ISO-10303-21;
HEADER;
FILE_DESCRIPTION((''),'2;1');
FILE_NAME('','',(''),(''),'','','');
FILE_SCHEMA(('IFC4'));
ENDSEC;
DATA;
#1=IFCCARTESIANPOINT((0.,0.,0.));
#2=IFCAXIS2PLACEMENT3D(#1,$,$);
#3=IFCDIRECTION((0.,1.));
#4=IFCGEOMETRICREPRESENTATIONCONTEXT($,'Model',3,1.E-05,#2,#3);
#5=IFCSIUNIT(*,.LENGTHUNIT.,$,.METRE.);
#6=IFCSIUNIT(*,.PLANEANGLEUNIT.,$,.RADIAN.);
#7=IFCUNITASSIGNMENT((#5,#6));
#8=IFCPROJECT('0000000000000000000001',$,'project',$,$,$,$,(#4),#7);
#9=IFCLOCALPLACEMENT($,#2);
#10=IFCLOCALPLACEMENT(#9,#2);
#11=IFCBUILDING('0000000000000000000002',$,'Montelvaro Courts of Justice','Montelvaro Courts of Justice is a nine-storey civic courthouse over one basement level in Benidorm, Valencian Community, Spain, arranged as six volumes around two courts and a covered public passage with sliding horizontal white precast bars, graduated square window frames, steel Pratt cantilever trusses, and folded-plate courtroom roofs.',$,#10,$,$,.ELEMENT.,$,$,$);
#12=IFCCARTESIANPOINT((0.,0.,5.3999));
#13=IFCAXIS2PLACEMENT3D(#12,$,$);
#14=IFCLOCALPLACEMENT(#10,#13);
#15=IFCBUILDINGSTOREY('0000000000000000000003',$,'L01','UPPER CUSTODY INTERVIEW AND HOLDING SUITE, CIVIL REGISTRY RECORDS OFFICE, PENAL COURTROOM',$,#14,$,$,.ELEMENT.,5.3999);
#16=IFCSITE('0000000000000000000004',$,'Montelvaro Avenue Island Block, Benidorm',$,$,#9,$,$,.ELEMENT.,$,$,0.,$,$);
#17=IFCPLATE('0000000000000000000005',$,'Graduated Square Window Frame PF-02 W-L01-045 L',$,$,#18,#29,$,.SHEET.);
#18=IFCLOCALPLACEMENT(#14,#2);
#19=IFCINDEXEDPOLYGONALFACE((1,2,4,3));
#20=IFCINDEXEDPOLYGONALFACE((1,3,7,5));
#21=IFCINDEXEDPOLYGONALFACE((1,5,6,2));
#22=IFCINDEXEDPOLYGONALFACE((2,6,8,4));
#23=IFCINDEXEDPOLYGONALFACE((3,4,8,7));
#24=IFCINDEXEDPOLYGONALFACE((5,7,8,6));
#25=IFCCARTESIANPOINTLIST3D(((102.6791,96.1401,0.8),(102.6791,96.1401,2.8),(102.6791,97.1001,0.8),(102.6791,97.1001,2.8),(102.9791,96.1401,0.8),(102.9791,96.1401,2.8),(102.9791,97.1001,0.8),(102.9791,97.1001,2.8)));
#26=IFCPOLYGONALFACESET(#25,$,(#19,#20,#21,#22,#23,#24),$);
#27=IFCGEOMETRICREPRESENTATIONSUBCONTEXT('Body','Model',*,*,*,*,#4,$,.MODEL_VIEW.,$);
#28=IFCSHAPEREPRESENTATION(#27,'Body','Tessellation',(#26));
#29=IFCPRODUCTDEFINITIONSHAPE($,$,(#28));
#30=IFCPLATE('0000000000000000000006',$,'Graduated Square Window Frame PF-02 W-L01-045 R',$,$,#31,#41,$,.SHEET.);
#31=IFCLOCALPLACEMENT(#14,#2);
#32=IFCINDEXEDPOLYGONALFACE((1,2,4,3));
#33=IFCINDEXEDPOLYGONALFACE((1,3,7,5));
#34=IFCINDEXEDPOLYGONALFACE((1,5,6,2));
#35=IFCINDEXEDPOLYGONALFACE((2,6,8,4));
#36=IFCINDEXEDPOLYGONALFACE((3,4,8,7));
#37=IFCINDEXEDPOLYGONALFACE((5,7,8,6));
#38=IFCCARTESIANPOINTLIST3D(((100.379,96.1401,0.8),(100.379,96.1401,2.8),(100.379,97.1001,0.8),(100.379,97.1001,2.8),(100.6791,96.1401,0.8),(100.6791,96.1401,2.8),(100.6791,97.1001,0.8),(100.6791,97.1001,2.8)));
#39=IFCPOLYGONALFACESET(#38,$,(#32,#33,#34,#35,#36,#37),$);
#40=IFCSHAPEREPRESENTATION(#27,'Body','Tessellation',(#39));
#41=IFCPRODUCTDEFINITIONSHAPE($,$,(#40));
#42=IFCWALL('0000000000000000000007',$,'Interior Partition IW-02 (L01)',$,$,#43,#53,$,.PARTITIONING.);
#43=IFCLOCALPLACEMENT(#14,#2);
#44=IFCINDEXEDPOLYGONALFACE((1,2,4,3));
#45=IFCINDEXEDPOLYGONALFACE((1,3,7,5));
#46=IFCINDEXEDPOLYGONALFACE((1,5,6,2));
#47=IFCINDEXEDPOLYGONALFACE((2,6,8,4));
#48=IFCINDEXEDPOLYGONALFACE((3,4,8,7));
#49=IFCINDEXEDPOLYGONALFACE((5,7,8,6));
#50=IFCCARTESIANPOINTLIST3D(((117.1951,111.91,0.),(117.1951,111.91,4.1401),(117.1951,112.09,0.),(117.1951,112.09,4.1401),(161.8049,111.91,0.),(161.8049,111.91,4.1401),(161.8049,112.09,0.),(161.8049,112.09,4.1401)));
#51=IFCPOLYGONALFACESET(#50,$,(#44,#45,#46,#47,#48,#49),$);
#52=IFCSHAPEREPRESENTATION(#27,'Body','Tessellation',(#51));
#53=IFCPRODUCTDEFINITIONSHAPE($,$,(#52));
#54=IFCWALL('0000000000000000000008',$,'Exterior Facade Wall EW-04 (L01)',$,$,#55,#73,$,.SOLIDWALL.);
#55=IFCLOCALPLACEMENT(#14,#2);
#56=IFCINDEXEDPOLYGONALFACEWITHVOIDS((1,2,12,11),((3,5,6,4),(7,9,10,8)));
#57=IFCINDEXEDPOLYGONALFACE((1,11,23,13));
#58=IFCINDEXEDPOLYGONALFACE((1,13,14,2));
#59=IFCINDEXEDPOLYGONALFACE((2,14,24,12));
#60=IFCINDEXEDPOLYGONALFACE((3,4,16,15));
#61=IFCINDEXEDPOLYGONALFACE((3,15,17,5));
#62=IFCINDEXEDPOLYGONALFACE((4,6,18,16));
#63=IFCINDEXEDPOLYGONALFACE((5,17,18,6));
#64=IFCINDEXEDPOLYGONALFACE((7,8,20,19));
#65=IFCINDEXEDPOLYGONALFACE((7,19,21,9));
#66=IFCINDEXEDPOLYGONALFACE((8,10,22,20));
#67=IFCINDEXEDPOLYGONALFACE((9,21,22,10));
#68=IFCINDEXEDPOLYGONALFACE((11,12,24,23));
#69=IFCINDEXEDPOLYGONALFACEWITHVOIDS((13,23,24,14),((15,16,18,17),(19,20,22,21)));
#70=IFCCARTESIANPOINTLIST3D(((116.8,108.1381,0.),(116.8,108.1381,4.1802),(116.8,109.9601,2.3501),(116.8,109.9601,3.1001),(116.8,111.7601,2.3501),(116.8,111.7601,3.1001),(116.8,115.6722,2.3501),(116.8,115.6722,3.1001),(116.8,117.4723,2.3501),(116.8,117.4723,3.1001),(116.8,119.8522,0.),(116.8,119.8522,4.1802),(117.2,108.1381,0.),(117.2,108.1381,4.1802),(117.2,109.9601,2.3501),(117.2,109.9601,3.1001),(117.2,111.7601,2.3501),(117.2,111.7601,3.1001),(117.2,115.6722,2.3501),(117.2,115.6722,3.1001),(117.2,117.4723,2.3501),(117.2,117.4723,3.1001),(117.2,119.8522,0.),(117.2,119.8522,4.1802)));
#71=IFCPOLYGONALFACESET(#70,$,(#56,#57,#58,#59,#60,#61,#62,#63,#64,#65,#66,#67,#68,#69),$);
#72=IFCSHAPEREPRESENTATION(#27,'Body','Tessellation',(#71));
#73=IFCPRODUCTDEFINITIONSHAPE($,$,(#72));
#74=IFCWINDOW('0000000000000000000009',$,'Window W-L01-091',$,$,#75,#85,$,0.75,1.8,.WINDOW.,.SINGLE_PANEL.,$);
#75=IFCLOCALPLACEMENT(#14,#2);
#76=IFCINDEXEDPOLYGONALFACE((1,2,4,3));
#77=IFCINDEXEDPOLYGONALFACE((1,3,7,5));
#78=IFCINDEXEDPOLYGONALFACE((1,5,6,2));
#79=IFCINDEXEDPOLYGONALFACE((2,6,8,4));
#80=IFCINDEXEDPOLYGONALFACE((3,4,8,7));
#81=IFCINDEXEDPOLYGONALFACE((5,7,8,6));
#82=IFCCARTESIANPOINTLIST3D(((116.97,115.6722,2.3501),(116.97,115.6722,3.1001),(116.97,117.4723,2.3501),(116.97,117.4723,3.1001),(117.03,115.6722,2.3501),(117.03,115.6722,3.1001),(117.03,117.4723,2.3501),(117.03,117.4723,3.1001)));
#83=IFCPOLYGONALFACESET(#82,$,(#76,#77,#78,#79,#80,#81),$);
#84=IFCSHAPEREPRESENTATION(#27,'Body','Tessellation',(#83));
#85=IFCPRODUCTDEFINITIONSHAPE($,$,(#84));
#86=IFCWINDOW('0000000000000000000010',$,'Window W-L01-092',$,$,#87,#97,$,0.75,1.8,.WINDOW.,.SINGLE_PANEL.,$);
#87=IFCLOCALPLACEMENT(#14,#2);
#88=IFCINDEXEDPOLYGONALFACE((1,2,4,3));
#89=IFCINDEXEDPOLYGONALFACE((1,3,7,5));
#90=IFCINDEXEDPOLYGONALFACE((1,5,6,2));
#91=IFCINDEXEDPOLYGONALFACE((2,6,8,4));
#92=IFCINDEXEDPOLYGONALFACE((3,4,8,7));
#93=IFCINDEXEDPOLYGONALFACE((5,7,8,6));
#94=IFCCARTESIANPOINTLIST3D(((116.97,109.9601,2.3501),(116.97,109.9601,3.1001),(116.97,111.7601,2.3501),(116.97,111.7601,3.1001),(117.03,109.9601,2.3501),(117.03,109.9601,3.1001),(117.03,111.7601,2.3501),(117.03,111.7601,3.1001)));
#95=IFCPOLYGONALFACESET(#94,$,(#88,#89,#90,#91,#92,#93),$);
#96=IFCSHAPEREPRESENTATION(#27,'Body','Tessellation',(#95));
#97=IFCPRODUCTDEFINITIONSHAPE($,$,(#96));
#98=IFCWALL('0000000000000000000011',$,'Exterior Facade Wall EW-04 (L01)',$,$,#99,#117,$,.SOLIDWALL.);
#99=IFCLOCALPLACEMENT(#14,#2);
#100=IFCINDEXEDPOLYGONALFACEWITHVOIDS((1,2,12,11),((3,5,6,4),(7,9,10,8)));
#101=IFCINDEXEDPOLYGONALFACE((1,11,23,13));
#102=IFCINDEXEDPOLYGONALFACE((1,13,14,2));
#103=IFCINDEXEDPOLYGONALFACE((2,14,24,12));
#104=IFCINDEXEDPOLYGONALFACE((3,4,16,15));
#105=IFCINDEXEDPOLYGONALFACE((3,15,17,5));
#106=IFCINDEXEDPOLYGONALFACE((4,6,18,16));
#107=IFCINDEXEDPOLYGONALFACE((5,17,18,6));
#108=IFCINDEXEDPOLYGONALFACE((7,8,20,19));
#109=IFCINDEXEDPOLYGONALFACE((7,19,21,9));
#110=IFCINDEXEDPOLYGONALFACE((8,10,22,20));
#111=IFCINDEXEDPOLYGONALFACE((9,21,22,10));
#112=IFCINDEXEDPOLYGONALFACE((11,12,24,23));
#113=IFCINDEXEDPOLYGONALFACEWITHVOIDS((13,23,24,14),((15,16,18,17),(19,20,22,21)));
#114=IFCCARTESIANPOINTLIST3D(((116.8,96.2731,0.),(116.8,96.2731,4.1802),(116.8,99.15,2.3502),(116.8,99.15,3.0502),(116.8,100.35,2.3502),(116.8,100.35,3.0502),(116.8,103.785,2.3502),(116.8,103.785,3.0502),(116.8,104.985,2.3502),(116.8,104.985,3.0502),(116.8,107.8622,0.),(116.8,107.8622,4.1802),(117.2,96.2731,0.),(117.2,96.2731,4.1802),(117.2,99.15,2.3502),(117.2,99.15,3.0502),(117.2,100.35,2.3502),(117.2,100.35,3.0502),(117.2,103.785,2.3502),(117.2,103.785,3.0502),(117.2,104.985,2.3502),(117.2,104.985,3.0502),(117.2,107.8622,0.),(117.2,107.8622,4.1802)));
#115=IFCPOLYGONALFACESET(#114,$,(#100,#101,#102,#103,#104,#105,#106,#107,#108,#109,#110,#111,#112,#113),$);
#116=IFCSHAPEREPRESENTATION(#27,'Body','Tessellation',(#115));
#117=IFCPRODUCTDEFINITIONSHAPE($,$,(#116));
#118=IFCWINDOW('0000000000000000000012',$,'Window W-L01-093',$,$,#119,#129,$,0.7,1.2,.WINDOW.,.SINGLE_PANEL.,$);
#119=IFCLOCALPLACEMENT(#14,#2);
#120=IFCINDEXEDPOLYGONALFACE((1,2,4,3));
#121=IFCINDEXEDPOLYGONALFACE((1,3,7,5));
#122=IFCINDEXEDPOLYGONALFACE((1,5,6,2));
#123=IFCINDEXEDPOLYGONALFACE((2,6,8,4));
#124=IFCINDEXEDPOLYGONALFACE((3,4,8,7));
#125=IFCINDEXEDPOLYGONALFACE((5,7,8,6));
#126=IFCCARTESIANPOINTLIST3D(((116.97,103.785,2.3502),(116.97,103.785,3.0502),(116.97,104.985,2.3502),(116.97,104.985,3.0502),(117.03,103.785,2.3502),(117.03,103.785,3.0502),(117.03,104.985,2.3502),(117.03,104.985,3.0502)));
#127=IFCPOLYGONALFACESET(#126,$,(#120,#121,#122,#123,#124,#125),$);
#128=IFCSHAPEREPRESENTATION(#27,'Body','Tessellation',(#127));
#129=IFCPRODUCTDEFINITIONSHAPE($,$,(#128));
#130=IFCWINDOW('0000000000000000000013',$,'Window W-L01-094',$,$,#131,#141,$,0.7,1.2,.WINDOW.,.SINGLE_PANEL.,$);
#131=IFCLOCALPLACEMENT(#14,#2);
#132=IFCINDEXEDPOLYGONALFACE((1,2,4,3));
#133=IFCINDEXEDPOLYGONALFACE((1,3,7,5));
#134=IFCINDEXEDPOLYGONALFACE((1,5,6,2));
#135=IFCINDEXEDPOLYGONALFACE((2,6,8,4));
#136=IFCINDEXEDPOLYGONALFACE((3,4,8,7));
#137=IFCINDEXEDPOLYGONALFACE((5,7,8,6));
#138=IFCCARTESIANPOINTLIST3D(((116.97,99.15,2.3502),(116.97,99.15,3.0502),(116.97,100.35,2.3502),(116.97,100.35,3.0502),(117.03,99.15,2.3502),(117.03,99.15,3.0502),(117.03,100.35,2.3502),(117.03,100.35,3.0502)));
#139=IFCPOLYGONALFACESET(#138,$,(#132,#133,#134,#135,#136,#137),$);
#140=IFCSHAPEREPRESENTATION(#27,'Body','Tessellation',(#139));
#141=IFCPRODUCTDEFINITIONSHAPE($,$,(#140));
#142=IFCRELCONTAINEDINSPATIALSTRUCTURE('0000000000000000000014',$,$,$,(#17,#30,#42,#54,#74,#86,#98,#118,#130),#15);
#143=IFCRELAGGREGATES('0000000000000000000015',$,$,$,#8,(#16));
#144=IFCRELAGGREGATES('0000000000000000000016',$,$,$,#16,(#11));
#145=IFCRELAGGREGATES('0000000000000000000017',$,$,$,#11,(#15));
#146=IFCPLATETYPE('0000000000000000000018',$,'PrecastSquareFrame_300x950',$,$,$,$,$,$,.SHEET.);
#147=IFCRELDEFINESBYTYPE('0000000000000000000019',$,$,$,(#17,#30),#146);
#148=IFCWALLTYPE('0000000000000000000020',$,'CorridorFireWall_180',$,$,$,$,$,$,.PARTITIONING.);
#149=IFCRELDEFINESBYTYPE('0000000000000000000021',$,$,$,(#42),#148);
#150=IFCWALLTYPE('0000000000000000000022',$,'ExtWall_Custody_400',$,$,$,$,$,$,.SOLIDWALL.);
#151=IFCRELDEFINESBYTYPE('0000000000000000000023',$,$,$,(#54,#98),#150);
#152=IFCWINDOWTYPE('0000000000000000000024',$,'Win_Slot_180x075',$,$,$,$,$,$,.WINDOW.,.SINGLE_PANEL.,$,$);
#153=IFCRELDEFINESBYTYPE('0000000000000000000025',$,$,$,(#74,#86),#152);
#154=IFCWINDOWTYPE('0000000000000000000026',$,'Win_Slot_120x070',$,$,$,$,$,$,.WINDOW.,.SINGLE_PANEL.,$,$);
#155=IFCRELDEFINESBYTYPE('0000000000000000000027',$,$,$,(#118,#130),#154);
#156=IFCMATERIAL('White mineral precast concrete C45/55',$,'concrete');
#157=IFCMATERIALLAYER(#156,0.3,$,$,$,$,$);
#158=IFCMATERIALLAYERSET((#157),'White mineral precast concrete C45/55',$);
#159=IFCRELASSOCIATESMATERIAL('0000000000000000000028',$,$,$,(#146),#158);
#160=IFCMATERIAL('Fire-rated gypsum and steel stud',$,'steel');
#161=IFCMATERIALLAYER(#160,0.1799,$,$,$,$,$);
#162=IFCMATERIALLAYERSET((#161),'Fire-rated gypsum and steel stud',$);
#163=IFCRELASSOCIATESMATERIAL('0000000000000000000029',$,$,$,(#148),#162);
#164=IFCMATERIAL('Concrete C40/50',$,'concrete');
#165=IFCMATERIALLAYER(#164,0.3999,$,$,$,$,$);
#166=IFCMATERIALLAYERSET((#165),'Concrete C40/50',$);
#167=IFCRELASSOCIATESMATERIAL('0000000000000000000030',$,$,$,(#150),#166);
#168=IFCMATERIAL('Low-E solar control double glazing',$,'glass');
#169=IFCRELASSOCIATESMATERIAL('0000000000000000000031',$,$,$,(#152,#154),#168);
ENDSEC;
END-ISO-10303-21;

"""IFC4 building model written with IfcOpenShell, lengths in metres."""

from ifc_helpers import new_model, si_unit, direction, frame, frame_2d, origin, origin_2d, place, context, subcontext, project, spatial, rectangle, extrude, material, layer, layer_set, type_object, element, fill, save


model = new_model("IFC4")

# Units and contexts
model_context = context("Model", 3, precision=1e-05, world=origin(), true_north=direction((0.0, 1.0)))
body_context = subcontext(model_context, "Body", "Model", "MODEL_VIEW")
ifc_project = project(units=[si_unit("LENGTHUNIT", "METRE"), si_unit("PLANEANGLEUNIT", "RADIAN")], contexts=[model_context])

# Site, building, storey
site_placement = place(None, origin())
site = spatial("IfcSite", under=ifc_project, at=site_placement, Name="Montelvaro Avenue Island Block, Benidorm", CompositionType="ELEMENT", RefElevation=0.0)
building_placement = place(site_placement, origin())
building = spatial("IfcBuilding", under=site, at=building_placement, Name="Montelvaro Courts of Justice", Description="Montelvaro Courts of Justice is a nine-storey civic courthouse over one basement level in Benidorm, Valencian Community, Spain, arranged as six volumes around two courts and a covered public passage with sliding horizontal white precast bars, graduated square window frames, steel Pratt cantilever trusses, and folded-plate courtroom roofs.", CompositionType="ELEMENT")
storey_placement = place(building_placement, frame((0.0, 0.0, 5.3999)))
storey = spatial("IfcBuildingStorey", under=building, at=storey_placement, Name="L01", Description="UPPER CUSTODY INTERVIEW AND HOLDING SUITE, CIVIL REGISTRY RECORDS OFFICE, PENAL COURTROOM", CompositionType="ELEMENT", Elevation=5.3999)

# Plates
ifc_material_1 = material(Name="White mineral precast concrete C45/55", Category="concrete")
ifc_layer_1 = layer(ifc_material_1, 0.3)
ifc_layer_set_1 = layer_set([ifc_layer_1], Name="White mineral precast concrete C45/55")
plate_type = type_object("IfcPlateType", Name="PrecastSquareFrame_300x950", PredefinedType="SHEET", material=ifc_layer_set_1)
for number, where, z_axis, x_axis, name in (
    (1, (102.8291, 96.6201, 0.8), (0.0, 0.0, 1.0), (-1.0, 0.0, 0.0), "Graduated Square Window Frame PF-02 W-L01-045 L"),
    (2, (100.5291, 96.6201, 0.8), (0.0, 0.0, 1.0), (-1.0, 0.0, 0.0), "Graduated Square Window Frame PF-02 W-L01-045 R"),
):
    element("IfcPlate", number, at=place(storey_placement, frame(where, z_axis=z_axis, x_axis=x_axis)), inside=storey, type_object=plate_type, Name=name, PredefinedType="SHEET", context=body_context, shape_type="SweptSolid", body=[
        extrude(rectangle(XDim=0.3, YDim=0.96, at=origin_2d()), origin(), (0.0, 0.0, 1.0), 2.0),
    ])

# Wall
ifc_material_2 = material(Name="Fire-rated gypsum and steel stud", Category="steel")
ifc_layer_2 = layer(ifc_material_2, 0.1799)
ifc_layer_set_2 = layer_set([ifc_layer_2], Name="Fire-rated gypsum and steel stud")
wall_type_1 = type_object("IfcWallType", Name="CorridorFireWall_180", PredefinedType="PARTITIONING", material=ifc_layer_set_2)
wall_1_placement = place(storey_placement, frame((117.1951, 112.0, 0.0), z_axis=(0.0, 0.0, 1.0), x_axis=(1.0, 0.0, 0.0)))
element("IfcWall", 3, at=wall_1_placement, inside=storey, type_object=wall_type_1, Name="Interior Partition IW-02 (L01)", PredefinedType="PARTITIONING", context=body_context, shape_type="SweptSolid", body=[
    extrude(rectangle(XDim=44.6099, YDim=0.1799, at=frame_2d((22.3049, 0.0))), origin(), (0.0, 0.0, 1.0), 4.1401),
])

# Walls, openings, windows
ifc_material_3 = material(Name="Concrete C40/50", Category="concrete")
ifc_layer_3 = layer(ifc_material_3, 0.3999)
ifc_layer_set_3 = layer_set([ifc_layer_3], Name="Concrete C40/50")
wall_type_2 = type_object("IfcWallType", Name="ExtWall_Custody_400", PredefinedType="SOLIDWALL", material=ifc_layer_set_3)
wall_2_placement = place(storey_placement, frame((117.0, 119.8521, 0.0), z_axis=(0.0, 0.0, 1.0), x_axis=(0.0, -1.0, 0.0)))
wall_2 = element("IfcWall", 4, at=wall_2_placement, inside=storey, type_object=wall_type_2, Name="Exterior Facade Wall EW-04 (L01)", PredefinedType="SOLIDWALL", context=body_context, shape_type="SweptSolid", body=[
    extrude(rectangle(XDim=11.7141, YDim=0.3999, at=frame_2d((5.8569, 0.0))), origin(), (0.0, 0.0, 1.0), 4.1802),
])
opening_1_placement = place(wall_2_placement, frame((2.3799, 0.0, 2.3501)))
opening_1 = element("IfcOpeningElement", 5, at=opening_1_placement, cuts=wall_2, PredefinedType="OPENING", context=body_context, shape_type="SweptSolid", body=[
    extrude(rectangle(XDim=1.8, YDim=0.75, at=frame_2d((0.8999, 0.375))), frame((0.0, 0.2148, 0.0), z_axis=(0.0, -1.0, 0.0), x_axis=(1.0, 0.0, 0.0)), (0.0, 0.0, 1.0), 0.4297),
])
opening_2_placement = place(wall_2_placement, frame((8.092, 0.0, 2.3501)))
opening_2 = element("IfcOpeningElement", 6, at=opening_2_placement, cuts=wall_2, PredefinedType="OPENING", context=body_context, shape_type="SweptSolid", body=[
    extrude(rectangle(XDim=1.8, YDim=0.75, at=frame_2d((0.8999, 0.375))), frame((0.0, 0.2148, 0.0), z_axis=(0.0, -1.0, 0.0), x_axis=(1.0, 0.0, 0.0)), (0.0, 0.0, 1.0), 0.4297),
])
ifc_material_4 = material(Name="Low-E solar control double glazing", Category="glass")
window_type_1 = type_object("IfcWindowType", Name="Win_Slot_180x075", PartitioningType="SINGLE_PANEL", PredefinedType="WINDOW", material=ifc_material_4)
window_1_placement = place(opening_1_placement, origin())
window_1 = element("IfcWindow", 7, at=window_1_placement, inside=storey, type_object=window_type_1, Name="Window W-L01-091", OverallHeight=0.75, OverallWidth=1.8, PartitioningType="SINGLE_PANEL", PredefinedType="WINDOW", context=body_context, shape_type="SweptSolid", body=[
    extrude(rectangle(XDim=1.8, YDim=0.75, at=frame_2d((0.8999, 0.375))), frame((0.0, 0.03, 0.0), z_axis=(0.0, -1.0, 0.0), x_axis=(1.0, 0.0, 0.0)), (0.0, 0.0, 1.0), 0.0601),
])
fill(opening_1, window_1)
window_2_placement = place(opening_2_placement, origin())
window_2 = element("IfcWindow", 8, at=window_2_placement, inside=storey, type_object=window_type_1, Name="Window W-L01-092", OverallHeight=0.75, OverallWidth=1.8, PartitioningType="SINGLE_PANEL", PredefinedType="WINDOW", context=body_context, shape_type="SweptSolid", body=[
    extrude(rectangle(XDim=1.8, YDim=0.75, at=frame_2d((0.8999, 0.375))), frame((0.0, 0.03, 0.0), z_axis=(0.0, -1.0, 0.0), x_axis=(1.0, 0.0, 0.0)), (0.0, 0.0, 1.0), 0.0601),
])
fill(opening_2, window_2)
wall_3_placement = place(storey_placement, frame((117.0, 107.8621, 0.0), z_axis=(0.0, 0.0, 1.0), x_axis=(0.0, -1.0, 0.0)))
wall_3 = element("IfcWall", 9, at=wall_3_placement, inside=storey, type_object=wall_type_2, Name="Exterior Facade Wall EW-04 (L01)", PredefinedType="SOLIDWALL", context=body_context, shape_type="SweptSolid", body=[
    extrude(rectangle(XDim=11.5891, YDim=0.3999, at=frame_2d((5.7944, 0.0))), origin(), (0.0, 0.0, 1.0), 4.1802),
])
opening_3_placement = place(wall_3_placement, frame((2.877, 0.0, 2.3501)))
opening_3 = element("IfcOpeningElement", 10, at=opening_3_placement, cuts=wall_3, PredefinedType="OPENING", context=body_context, shape_type="SweptSolid", body=[
    extrude(rectangle(XDim=1.2, YDim=0.7, at=frame_2d((0.6001, 0.3501))), frame((0.0, 0.2148, 0.0), z_axis=(0.0, -1.0, 0.0), x_axis=(1.0, 0.0, 0.0)), (0.0, 0.0, 1.0), 0.4297),
])
opening_4_placement = place(wall_3_placement, frame((7.512, 0.0, 2.3501)))
opening_4 = element("IfcOpeningElement", 11, at=opening_4_placement, cuts=wall_3, PredefinedType="OPENING", context=body_context, shape_type="SweptSolid", body=[
    extrude(rectangle(XDim=1.2, YDim=0.7, at=frame_2d((0.6001, 0.3501))), frame((0.0, 0.2148, 0.0), z_axis=(0.0, -1.0, 0.0), x_axis=(1.0, 0.0, 0.0)), (0.0, 0.0, 1.0), 0.4297),
])
window_type_2 = type_object("IfcWindowType", Name="Win_Slot_120x070", PartitioningType="SINGLE_PANEL", PredefinedType="WINDOW", material=ifc_material_4)
window_3_placement = place(opening_3_placement, origin())
window_3 = element("IfcWindow", 12, at=window_3_placement, inside=storey, type_object=window_type_2, Name="Window W-L01-093", OverallHeight=0.7, OverallWidth=1.2, PartitioningType="SINGLE_PANEL", PredefinedType="WINDOW", context=body_context, shape_type="SweptSolid", body=[
    extrude(rectangle(XDim=1.2, YDim=0.7, at=frame_2d((0.6001, 0.3501))), frame((0.0, 0.03, 0.0), z_axis=(0.0, -1.0, 0.0), x_axis=(1.0, 0.0, 0.0)), (0.0, 0.0, 1.0), 0.0601),
])
fill(opening_3, window_3)
window_4_placement = place(opening_4_placement, origin())
window_4 = element("IfcWindow", 13, at=window_4_placement, inside=storey, type_object=window_type_2, Name="Window W-L01-094", OverallHeight=0.7, OverallWidth=1.2, PartitioningType="SINGLE_PANEL", PredefinedType="WINDOW", context=body_context, shape_type="SweptSolid", body=[
    extrude(rectangle(XDim=1.2, YDim=0.7, at=frame_2d((0.6001, 0.3501))), frame((0.0, 0.03, 0.0), z_axis=(0.0, -1.0, 0.0), x_axis=(1.0, 0.0, 0.0)), (0.0, 0.0, 1.0), 0.0601),
])
fill(opening_4, window_4)

save(model, "model.ifc")
